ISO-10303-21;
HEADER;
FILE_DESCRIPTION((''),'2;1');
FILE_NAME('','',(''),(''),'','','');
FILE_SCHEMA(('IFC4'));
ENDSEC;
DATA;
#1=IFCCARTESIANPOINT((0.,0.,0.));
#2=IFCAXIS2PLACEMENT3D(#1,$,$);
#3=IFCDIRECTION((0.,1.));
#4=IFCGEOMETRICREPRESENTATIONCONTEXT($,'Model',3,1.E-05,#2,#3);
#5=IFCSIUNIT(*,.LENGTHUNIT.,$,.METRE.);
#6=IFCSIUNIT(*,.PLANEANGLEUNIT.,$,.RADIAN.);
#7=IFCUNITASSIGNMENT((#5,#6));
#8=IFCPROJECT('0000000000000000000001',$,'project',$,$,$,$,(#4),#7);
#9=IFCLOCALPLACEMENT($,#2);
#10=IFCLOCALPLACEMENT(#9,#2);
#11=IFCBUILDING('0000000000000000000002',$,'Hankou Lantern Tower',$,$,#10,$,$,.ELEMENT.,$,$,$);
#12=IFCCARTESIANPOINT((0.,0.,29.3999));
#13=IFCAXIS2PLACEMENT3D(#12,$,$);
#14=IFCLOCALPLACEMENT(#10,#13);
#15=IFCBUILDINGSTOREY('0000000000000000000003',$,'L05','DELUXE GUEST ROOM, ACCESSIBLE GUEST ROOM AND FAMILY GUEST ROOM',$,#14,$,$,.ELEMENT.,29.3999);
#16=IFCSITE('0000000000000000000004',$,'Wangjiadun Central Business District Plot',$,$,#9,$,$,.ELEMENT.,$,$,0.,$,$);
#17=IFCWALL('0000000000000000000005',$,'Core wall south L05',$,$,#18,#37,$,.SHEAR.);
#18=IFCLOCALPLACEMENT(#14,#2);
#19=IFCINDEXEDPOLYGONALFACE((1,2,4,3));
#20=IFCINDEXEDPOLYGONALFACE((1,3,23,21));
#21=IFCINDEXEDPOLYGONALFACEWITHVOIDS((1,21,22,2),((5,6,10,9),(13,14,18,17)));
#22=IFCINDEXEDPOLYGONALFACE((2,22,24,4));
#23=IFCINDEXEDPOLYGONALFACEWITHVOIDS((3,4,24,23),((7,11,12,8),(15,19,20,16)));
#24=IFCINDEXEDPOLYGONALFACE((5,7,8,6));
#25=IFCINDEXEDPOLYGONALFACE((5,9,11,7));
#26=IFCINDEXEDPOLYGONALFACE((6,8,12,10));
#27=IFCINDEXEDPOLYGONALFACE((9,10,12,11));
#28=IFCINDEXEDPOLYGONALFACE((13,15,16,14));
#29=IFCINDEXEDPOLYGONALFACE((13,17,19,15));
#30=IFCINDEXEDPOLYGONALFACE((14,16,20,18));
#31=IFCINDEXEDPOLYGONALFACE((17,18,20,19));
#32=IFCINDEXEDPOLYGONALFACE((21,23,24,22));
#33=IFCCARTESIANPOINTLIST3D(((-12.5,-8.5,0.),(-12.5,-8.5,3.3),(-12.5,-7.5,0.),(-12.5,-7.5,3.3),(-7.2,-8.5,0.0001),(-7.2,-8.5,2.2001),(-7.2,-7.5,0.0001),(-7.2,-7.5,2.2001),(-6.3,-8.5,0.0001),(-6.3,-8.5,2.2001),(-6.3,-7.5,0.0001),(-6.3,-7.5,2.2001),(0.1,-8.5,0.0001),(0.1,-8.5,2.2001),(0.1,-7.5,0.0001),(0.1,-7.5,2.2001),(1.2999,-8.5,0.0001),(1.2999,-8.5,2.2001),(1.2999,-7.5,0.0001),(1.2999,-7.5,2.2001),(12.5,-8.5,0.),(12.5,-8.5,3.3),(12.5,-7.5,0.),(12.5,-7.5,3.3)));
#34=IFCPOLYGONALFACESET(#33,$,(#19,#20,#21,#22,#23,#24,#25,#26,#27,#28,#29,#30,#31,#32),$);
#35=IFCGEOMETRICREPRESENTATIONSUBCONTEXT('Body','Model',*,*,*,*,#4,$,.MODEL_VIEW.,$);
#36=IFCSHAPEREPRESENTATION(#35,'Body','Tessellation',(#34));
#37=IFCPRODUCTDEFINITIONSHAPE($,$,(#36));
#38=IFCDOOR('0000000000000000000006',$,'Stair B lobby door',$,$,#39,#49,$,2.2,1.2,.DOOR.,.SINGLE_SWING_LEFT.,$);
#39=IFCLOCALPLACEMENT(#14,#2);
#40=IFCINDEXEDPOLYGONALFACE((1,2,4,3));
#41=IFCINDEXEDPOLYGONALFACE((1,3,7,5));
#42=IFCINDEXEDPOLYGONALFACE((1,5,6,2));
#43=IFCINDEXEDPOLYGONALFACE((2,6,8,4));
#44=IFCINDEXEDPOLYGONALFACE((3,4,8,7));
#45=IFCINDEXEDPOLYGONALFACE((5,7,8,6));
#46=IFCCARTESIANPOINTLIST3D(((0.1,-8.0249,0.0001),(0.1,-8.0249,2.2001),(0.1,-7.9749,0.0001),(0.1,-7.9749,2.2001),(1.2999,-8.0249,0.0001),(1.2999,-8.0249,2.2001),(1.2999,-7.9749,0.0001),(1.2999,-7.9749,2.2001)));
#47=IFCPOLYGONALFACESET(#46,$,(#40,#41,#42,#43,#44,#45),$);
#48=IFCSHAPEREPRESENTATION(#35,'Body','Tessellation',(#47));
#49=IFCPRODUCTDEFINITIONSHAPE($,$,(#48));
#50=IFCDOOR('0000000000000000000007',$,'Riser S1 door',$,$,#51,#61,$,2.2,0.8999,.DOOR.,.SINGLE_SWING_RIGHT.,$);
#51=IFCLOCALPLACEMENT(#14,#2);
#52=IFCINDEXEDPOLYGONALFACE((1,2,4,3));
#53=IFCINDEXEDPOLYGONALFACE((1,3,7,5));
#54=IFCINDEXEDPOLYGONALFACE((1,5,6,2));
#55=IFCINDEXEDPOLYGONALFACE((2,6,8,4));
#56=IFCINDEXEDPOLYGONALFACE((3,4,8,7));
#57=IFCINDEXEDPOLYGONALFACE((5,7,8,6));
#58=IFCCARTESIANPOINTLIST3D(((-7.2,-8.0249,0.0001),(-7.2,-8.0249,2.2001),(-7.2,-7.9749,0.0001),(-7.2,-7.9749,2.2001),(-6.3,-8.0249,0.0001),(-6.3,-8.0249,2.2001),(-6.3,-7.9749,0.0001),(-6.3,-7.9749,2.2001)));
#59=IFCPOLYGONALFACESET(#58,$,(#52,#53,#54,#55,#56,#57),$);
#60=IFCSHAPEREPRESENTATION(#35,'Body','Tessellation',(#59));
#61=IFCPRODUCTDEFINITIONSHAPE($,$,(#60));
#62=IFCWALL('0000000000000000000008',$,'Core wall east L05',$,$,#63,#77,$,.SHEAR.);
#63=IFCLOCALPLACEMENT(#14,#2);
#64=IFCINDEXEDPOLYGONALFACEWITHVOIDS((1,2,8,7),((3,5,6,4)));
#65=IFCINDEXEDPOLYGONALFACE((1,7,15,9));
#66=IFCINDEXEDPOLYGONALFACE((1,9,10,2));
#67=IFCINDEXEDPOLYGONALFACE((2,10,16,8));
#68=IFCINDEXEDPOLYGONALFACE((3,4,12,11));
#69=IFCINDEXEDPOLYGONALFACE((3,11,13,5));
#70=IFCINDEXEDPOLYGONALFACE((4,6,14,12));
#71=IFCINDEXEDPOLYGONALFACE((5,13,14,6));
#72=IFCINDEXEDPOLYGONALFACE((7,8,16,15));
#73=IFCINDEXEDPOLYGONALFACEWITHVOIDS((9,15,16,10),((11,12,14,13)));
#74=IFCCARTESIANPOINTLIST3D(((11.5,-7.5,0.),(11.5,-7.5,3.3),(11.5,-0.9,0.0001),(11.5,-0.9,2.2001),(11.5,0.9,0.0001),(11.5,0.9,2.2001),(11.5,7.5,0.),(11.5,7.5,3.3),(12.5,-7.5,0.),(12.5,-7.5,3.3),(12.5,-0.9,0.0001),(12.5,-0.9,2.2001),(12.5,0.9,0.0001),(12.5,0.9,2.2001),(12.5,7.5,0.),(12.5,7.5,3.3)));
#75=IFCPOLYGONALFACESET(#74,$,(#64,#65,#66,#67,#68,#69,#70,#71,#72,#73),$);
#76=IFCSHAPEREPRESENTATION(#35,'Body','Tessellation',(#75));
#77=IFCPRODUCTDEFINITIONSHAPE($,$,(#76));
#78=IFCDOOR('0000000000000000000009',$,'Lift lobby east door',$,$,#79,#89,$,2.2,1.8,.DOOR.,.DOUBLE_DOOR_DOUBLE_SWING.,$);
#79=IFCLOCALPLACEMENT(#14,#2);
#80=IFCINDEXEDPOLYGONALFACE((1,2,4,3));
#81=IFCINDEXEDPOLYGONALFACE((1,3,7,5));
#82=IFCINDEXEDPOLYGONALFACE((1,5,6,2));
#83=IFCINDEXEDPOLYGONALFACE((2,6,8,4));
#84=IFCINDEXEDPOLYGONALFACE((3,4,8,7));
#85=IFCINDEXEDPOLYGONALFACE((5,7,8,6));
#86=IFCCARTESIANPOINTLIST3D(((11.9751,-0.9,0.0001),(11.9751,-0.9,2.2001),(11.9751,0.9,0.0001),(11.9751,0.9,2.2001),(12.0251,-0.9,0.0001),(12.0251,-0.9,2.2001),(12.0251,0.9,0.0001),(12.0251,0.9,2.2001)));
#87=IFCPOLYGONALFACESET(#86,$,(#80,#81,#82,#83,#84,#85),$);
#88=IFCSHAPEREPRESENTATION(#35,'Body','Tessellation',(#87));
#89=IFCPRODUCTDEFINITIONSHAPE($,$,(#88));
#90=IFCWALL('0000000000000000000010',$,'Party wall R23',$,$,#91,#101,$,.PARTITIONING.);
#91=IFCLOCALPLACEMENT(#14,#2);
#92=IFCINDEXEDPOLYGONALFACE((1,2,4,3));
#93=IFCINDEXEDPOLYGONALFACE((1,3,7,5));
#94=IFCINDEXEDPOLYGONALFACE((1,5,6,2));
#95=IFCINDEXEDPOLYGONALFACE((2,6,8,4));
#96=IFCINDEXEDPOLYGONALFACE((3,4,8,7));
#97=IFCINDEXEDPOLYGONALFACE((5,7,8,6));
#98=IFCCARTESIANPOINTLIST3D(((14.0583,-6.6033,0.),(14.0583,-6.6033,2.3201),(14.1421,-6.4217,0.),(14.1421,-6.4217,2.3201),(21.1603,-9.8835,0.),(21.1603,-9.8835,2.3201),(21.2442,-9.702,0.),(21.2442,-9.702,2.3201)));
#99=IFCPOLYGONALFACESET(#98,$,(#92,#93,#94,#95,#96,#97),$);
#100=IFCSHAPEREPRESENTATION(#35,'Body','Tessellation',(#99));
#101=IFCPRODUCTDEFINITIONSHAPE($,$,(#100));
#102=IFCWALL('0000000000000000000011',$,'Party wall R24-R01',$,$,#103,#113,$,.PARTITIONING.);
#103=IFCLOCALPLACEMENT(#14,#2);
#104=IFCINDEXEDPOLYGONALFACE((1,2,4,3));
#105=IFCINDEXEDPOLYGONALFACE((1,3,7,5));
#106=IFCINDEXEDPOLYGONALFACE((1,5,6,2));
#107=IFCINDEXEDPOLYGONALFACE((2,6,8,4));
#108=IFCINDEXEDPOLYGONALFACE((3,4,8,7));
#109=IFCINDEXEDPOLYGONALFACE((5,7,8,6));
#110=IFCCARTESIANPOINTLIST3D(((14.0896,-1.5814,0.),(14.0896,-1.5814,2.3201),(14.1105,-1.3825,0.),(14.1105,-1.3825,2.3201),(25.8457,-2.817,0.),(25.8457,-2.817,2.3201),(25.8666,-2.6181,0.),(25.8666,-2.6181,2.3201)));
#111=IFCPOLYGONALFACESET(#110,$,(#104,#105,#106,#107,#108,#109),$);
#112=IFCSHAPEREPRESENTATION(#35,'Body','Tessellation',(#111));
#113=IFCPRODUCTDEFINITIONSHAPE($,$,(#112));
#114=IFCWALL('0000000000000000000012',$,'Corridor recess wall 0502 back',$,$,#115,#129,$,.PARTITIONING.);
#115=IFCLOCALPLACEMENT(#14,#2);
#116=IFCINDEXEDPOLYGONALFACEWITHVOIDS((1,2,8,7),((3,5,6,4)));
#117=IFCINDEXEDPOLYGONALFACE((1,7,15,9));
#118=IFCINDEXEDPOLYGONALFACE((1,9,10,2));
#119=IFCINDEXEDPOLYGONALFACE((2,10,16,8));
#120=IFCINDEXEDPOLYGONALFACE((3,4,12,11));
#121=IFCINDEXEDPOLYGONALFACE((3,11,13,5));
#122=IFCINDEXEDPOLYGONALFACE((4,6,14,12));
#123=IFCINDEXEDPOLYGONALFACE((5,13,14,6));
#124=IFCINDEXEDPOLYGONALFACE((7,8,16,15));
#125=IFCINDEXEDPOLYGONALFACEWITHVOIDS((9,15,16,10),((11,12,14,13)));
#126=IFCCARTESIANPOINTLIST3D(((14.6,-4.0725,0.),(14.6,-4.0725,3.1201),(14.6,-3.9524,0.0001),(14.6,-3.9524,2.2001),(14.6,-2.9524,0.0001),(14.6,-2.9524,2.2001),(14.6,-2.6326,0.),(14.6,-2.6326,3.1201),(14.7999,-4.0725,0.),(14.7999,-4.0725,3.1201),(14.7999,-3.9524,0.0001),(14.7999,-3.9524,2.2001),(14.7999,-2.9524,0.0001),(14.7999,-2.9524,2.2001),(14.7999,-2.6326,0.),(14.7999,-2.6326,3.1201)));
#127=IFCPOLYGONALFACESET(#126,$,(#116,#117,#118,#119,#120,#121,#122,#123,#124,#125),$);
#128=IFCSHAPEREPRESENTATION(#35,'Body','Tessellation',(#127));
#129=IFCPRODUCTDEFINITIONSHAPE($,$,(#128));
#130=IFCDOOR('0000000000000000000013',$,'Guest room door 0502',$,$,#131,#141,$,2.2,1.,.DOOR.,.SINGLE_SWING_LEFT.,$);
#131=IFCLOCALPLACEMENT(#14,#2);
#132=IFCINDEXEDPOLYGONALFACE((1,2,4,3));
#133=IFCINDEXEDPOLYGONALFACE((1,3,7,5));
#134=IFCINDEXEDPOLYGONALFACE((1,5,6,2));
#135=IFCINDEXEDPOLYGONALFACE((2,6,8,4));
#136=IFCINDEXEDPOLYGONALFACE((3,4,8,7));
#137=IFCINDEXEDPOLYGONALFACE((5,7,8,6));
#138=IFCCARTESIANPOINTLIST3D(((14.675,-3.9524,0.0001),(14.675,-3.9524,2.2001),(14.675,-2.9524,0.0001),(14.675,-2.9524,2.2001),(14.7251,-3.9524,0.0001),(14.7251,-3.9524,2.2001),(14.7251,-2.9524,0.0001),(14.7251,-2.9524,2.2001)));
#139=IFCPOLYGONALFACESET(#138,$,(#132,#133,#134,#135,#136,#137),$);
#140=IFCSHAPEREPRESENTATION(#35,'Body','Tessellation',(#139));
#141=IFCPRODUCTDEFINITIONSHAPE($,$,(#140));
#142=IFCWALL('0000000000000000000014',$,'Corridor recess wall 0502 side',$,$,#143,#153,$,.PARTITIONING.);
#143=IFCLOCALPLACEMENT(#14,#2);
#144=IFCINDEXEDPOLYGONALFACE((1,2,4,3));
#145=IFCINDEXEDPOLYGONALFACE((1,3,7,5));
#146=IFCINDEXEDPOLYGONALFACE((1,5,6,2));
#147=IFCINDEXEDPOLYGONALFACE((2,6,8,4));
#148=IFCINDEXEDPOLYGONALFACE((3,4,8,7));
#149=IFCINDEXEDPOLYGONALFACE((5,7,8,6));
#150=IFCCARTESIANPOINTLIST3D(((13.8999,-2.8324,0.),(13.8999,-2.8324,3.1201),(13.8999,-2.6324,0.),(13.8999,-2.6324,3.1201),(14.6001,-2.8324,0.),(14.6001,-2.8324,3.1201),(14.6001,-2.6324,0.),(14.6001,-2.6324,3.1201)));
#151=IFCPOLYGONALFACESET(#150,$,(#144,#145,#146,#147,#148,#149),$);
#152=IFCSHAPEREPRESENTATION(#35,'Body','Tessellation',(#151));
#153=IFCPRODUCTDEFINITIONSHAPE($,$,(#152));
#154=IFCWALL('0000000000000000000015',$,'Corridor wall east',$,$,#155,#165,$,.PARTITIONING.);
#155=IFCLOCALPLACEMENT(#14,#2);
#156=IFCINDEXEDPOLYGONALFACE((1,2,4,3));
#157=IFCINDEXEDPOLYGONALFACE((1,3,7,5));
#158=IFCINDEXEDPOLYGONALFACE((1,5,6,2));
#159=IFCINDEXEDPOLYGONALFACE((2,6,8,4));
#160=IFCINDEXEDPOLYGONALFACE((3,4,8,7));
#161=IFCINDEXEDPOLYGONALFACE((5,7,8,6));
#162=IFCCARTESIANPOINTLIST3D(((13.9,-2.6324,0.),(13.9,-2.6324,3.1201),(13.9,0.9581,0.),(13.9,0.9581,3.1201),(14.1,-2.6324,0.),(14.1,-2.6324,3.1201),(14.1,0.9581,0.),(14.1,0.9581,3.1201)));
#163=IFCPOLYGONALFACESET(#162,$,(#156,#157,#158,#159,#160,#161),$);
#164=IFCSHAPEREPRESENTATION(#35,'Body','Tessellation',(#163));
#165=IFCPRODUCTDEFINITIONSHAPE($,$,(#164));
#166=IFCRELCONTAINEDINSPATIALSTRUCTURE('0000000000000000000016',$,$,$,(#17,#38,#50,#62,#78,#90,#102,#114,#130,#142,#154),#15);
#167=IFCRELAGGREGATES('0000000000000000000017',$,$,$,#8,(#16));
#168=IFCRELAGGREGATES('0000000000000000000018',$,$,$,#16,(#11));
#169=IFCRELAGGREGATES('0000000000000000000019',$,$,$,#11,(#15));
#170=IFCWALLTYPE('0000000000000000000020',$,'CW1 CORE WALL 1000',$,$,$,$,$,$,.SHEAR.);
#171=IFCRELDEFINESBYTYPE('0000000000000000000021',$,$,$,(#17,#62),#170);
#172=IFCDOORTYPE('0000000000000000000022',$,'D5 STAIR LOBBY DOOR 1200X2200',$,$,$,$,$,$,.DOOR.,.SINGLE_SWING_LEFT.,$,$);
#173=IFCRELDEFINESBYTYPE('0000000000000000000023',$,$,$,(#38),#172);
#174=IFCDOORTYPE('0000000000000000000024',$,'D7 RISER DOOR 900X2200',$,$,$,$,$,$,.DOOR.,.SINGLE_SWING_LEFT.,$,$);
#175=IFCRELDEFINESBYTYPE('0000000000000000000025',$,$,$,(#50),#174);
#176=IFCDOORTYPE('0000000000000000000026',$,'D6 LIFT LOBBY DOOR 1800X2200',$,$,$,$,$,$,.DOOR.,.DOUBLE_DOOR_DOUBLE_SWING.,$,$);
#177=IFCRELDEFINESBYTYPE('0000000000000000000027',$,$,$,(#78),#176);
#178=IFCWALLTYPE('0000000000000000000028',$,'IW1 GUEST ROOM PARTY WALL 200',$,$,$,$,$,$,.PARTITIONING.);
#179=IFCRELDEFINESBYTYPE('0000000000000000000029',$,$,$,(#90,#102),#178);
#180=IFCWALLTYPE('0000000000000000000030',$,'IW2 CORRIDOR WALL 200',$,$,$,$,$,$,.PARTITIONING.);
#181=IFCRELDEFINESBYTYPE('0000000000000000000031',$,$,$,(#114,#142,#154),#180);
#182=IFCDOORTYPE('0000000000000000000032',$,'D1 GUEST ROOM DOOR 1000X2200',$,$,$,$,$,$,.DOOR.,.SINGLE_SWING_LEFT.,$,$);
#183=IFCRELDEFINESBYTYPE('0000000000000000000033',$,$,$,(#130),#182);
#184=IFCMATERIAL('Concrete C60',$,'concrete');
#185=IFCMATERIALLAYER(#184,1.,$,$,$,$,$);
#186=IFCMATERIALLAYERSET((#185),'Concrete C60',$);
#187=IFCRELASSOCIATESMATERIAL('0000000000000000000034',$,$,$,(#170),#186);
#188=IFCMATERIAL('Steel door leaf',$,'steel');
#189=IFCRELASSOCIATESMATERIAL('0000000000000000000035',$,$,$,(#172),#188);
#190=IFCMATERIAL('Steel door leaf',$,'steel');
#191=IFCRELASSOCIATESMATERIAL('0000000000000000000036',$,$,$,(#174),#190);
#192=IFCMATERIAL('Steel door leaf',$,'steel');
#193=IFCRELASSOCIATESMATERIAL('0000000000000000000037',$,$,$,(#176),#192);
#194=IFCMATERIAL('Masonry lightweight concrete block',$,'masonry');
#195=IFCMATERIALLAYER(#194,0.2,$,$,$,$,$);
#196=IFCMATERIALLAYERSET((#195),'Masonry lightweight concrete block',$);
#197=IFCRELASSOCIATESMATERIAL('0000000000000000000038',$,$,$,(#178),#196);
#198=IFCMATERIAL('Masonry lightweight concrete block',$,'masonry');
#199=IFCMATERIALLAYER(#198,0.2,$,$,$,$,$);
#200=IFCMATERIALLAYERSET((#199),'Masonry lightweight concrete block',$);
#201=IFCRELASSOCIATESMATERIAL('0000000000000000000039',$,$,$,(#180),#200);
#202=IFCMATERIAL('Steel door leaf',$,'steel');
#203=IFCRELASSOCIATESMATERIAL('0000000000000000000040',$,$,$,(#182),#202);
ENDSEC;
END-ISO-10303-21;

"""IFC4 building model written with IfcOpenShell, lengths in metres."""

from ifc_helpers import new_model, si_unit, direction, frame, frame_2d, origin, place, context, subcontext, project, spatial, rectangle, extrude, material, layer, layer_set, type_object, element, fill, save


model = new_model("IFC4")

# Units and contexts
model_context = context("Model", 3, precision=1e-05, world=origin(), true_north=direction((0.0, 1.0)))
body_context = subcontext(model_context, "Body", "Model", "MODEL_VIEW")
ifc_project = project(units=[si_unit("LENGTHUNIT", "METRE"), si_unit("PLANEANGLEUNIT", "RADIAN")], contexts=[model_context])

# Site, building, storey
site_placement = place(None, origin())
site = spatial("IfcSite", under=ifc_project, at=site_placement, Name="Wangjiadun Central Business District Plot", CompositionType="ELEMENT", RefElevation=0.0)
building_placement = place(site_placement, origin())
building = spatial("IfcBuilding", under=site, at=building_placement, Name="Hankou Lantern Tower", CompositionType="ELEMENT")
storey_placement = place(building_placement, frame((0.0, 0.0, 29.3999)))
storey = spatial("IfcBuildingStorey", under=building, at=storey_placement, Name="L05", Description="DELUXE GUEST ROOM, ACCESSIBLE GUEST ROOM AND FAMILY GUEST ROOM", CompositionType="ELEMENT", Elevation=29.3999)

# Wall, openings, doors
ifc_material_1 = material(Name="Concrete C60", Category="concrete")
ifc_layer_1 = layer(ifc_material_1, 1.0)
ifc_layer_set_1 = layer_set([ifc_layer_1], Name="Concrete C60")
wall_type_1 = type_object("IfcWallType", Name="CW1 CORE WALL 1000", PredefinedType="SHEAR", material=ifc_layer_set_1)
wall_1_placement = place(storey_placement, frame((12.5, -8.0, 0.0), z_axis=(0.0, 0.0, 1.0), x_axis=(-1.0, 0.0, 0.0)))
wall_1 = element("IfcWall", 1, at=wall_1_placement, inside=storey, type_object=wall_type_1, Name="Core wall south L05", PredefinedType="SHEAR", context=body_context, shape_type="SweptSolid", body=[
    extrude(rectangle(XDim=25.0, YDim=1.0, at=frame_2d((12.5, 0.0))), origin(), (0.0, 0.0, 1.0), 3.3),
])
opening_1_placement = place(wall_1_placement, frame((11.2, 0.0, 0.0)))
opening_1 = element("IfcOpeningElement", 2, at=opening_1_placement, cuts=wall_1, PredefinedType="OPENING", context=body_context, shape_type="SweptSolid", body=[
    extrude(rectangle(XDim=1.2, YDim=2.2, at=frame_2d((0.6001, 1.1001))), frame((0.0, 0.51, 0.0), z_axis=(0.0, -1.0, 0.0), x_axis=(1.0, 0.0, 0.0)), (0.0, 0.0, 1.0), 1.02),
])
opening_2_placement = place(wall_1_placement, frame((18.8, 0.0, 0.0)))
opening_2 = element("IfcOpeningElement", 3, at=opening_2_placement, cuts=wall_1, PredefinedType="OPENING", context=body_context, shape_type="SweptSolid", body=[
    extrude(rectangle(XDim=0.8999, YDim=2.2, at=frame_2d((0.45, 1.1001))), frame((0.0, 0.51, 0.0), z_axis=(0.0, -1.0, 0.0), x_axis=(1.0, 0.0, 0.0)), (0.0, 0.0, 1.0), 1.02),
])
ifc_material_2 = material(Name="Steel door leaf", Category="steel")
door_type_1 = type_object("IfcDoorType", Name="D5 STAIR LOBBY DOOR 1200X2200", OperationType="SINGLE_SWING_LEFT", PredefinedType="DOOR", material=ifc_material_2)
door_1_placement = place(opening_1_placement, origin())
door_1 = element("IfcDoor", 4, at=door_1_placement, inside=storey, type_object=door_type_1, Name="Stair B lobby door", OperationType="SINGLE_SWING_LEFT", OverallHeight=2.2, OverallWidth=1.2, PredefinedType="DOOR", context=body_context, shape_type="SweptSolid", body=[
    extrude(rectangle(XDim=1.2, YDim=2.2, at=frame_2d((0.6001, 1.1001))), frame((0.0, 0.0249, 0.0), z_axis=(0.0, -1.0, 0.0), x_axis=(1.0, 0.0, 0.0)), (0.0, 0.0, 1.0), 0.05),
])
fill(opening_1, door_1)
ifc_material_3 = material(Name="Steel door leaf", Category="steel")
door_type_2 = type_object("IfcDoorType", Name="D7 RISER DOOR 900X2200", OperationType="SINGLE_SWING_LEFT", PredefinedType="DOOR", material=ifc_material_3)
door_2_placement = place(opening_2_placement, origin())
door_2 = element("IfcDoor", 5, at=door_2_placement, inside=storey, type_object=door_type_2, Name="Riser S1 door", OperationType="SINGLE_SWING_RIGHT", OverallHeight=2.2, OverallWidth=0.8999, PredefinedType="DOOR", context=body_context, shape_type="SweptSolid", body=[
    extrude(rectangle(XDim=0.8999, YDim=2.2, at=frame_2d((0.45, 1.1001))), frame((0.0, 0.0249, 0.0), z_axis=(0.0, -1.0, 0.0), x_axis=(1.0, 0.0, 0.0)), (0.0, 0.0, 1.0), 0.05),
])
fill(opening_2, door_2)

# Wall, opening, door
wall_2_placement = place(storey_placement, frame((12.0, -7.5, 0.0), z_axis=(0.0, 0.0, 1.0), x_axis=(0.0, 1.0, 0.0)))
wall_2 = element("IfcWall", 6, at=wall_2_placement, inside=storey, type_object=wall_type_1, Name="Core wall east L05", PredefinedType="SHEAR", context=body_context, shape_type="SweptSolid", body=[
    extrude(rectangle(XDim=15.0, YDim=1.0, at=frame_2d((7.5, 0.0))), origin(), (0.0, 0.0, 1.0), 3.3),
])
opening_3_placement = place(wall_2_placement, frame((6.6001, 0.0, 0.0)))
opening_3 = element("IfcOpeningElement", 7, at=opening_3_placement, cuts=wall_2, PredefinedType="OPENING", context=body_context, shape_type="SweptSolid", body=[
    extrude(rectangle(XDim=1.8, YDim=2.2, at=frame_2d((0.8999, 1.1001))), frame((0.0, 0.51, 0.0), z_axis=(0.0, -1.0, 0.0), x_axis=(1.0, 0.0, 0.0)), (0.0, 0.0, 1.0), 1.02),
])
ifc_material_4 = material(Name="Steel door leaf", Category="steel")
door_type_3 = type_object("IfcDoorType", Name="D6 LIFT LOBBY DOOR 1800X2200", OperationType="DOUBLE_DOOR_DOUBLE_SWING", PredefinedType="DOOR", material=ifc_material_4)
door_3_placement = place(opening_3_placement, origin())
door_3 = element("IfcDoor", 8, at=door_3_placement, inside=storey, type_object=door_type_3, Name="Lift lobby east door", OperationType="DOUBLE_DOOR_DOUBLE_SWING", OverallHeight=2.2, OverallWidth=1.8, PredefinedType="DOOR", context=body_context, shape_type="SweptSolid", body=[
    extrude(rectangle(XDim=1.8, YDim=2.2, at=frame_2d((0.8999, 1.1001))), frame((0.0, 0.0249, 0.0), z_axis=(0.0, -1.0, 0.0), x_axis=(1.0, 0.0, 0.0)), (0.0, 0.0, 1.0), 0.05),
])
fill(opening_3, door_3)

# Walls
ifc_material_5 = material(Name="Masonry lightweight concrete block", Category="masonry")
ifc_layer_2 = layer(ifc_material_5, 0.2)
ifc_layer_set_2 = layer_set([ifc_layer_2], Name="Masonry lightweight concrete block")
wall_type_2 = type_object("IfcWallType", Name="IW1 GUEST ROOM PARTY WALL 200", PredefinedType="PARTITIONING", material=ifc_layer_set_2)
wall_3_placement = place(storey_placement, frame((14.1001, -6.5125, 0.0), z_axis=(0.0, 0.0, 1.0), x_axis=(0.907842, -0.419311, 0.0)))
element("IfcWall", 9, at=wall_3_placement, inside=storey, type_object=wall_type_2, Name="Party wall R23", PredefinedType="PARTITIONING", context=body_context, shape_type="SweptSolid", body=[
    extrude(rectangle(XDim=7.823, YDim=0.2, at=frame_2d((3.9116, 0.0))), origin(), (0.0, 0.0, 1.0), 2.3201),
])
wall_4_placement = place(storey_placement, frame((14.1001, -1.4819, 0.0), z_axis=(0.0, 0.0, 1.0), x_axis=(0.994522, -0.104527, 0.0)))
element("IfcWall", 10, at=wall_4_placement, inside=storey, type_object=wall_type_2, Name="Party wall R24-R01", PredefinedType="PARTITIONING", context=body_context, shape_type="SweptSolid", body=[
    extrude(rectangle(XDim=11.8208, YDim=0.2, at=frame_2d((5.9104, 0.0))), origin(), (0.0, 0.0, 1.0), 2.3201),
])

# Wall, opening, door
ifc_material_6 = material(Name="Masonry lightweight concrete block", Category="masonry")
ifc_layer_3 = layer(ifc_material_6, 0.2)
ifc_layer_set_3 = layer_set([ifc_layer_3], Name="Masonry lightweight concrete block")
wall_type_3 = type_object("IfcWallType", Name="IW2 CORRIDOR WALL 200", PredefinedType="PARTITIONING", material=ifc_layer_set_3)
wall_5_placement = place(storey_placement, frame((14.7, -4.0725, 0.0), z_axis=(0.0, 0.0, 1.0), x_axis=(0.0, 1.0, 0.0)))
wall_5 = element("IfcWall", 11, at=wall_5_placement, inside=storey, type_object=wall_type_3, Name="Corridor recess wall 0502 back", PredefinedType="PARTITIONING", context=body_context, shape_type="SweptSolid", body=[
    extrude(rectangle(XDim=1.4399, YDim=0.2, at=frame_2d((0.72, 0.0))), origin(), (0.0, 0.0, 1.0), 3.1201),
])
opening_4_placement = place(wall_5_placement, frame((0.1201, 0.0, 0.0)))
opening_4 = element("IfcOpeningElement", 12, at=opening_4_placement, cuts=wall_5, PredefinedType="OPENING", context=body_context, shape_type="SweptSolid", body=[
    extrude(rectangle(XDim=1.0, YDim=2.2, at=frame_2d((0.5, 1.1001))), frame((0.0, 0.1099, 0.0), z_axis=(0.0, -1.0, 0.0), x_axis=(1.0, 0.0, 0.0)), (0.0, 0.0, 1.0), 0.22),
])
ifc_material_7 = material(Name="Steel door leaf", Category="steel")
door_type_4 = type_object("IfcDoorType", Name="D1 GUEST ROOM DOOR 1000X2200", OperationType="SINGLE_SWING_LEFT", PredefinedType="DOOR", material=ifc_material_7)
door_4_placement = place(opening_4_placement, origin())
door_4 = element("IfcDoor", 13, at=door_4_placement, inside=storey, type_object=door_type_4, Name="Guest room door 0502", OperationType="SINGLE_SWING_LEFT", OverallHeight=2.2, OverallWidth=1.0, PredefinedType="DOOR", context=body_context, shape_type="SweptSolid", body=[
    extrude(rectangle(XDim=1.0, YDim=2.2, at=frame_2d((0.5, 1.1001))), frame((0.0, 0.0249, 0.0), z_axis=(0.0, -1.0, 0.0), x_axis=(1.0, 0.0, 0.0)), (0.0, 0.0, 1.0), 0.05),
])
fill(opening_4, door_4)

# Walls
wall_6_placement = place(storey_placement, frame((13.8999, -2.7324, 0.0), z_axis=(0.0, 0.0, 1.0), x_axis=(1.0, 0.0, 0.0)))
element("IfcWall", 14, at=wall_6_placement, inside=storey, type_object=wall_type_3, Name="Corridor recess wall 0502 side", PredefinedType="PARTITIONING", context=body_context, shape_type="SweptSolid", body=[
    extrude(rectangle(XDim=0.7002, YDim=0.2, at=frame_2d((0.3501, 0.0))), origin(), (0.0, 0.0, 1.0), 3.1201),
])
wall_7_placement = place(storey_placement, frame((14.0, -2.6326, 0.0), z_axis=(0.0, 0.0, 1.0), x_axis=(0.0, 1.0, 0.0)))
element("IfcWall", 15, at=wall_7_placement, inside=storey, type_object=wall_type_3, Name="Corridor wall east", PredefinedType="PARTITIONING", context=body_context, shape_type="SweptSolid", body=[
    extrude(rectangle(XDim=3.5906, YDim=0.2, at=frame_2d((1.7954, 0.0))), origin(), (0.0, 0.0, 1.0), 3.1201),
])

save(model, "model.ifc")
